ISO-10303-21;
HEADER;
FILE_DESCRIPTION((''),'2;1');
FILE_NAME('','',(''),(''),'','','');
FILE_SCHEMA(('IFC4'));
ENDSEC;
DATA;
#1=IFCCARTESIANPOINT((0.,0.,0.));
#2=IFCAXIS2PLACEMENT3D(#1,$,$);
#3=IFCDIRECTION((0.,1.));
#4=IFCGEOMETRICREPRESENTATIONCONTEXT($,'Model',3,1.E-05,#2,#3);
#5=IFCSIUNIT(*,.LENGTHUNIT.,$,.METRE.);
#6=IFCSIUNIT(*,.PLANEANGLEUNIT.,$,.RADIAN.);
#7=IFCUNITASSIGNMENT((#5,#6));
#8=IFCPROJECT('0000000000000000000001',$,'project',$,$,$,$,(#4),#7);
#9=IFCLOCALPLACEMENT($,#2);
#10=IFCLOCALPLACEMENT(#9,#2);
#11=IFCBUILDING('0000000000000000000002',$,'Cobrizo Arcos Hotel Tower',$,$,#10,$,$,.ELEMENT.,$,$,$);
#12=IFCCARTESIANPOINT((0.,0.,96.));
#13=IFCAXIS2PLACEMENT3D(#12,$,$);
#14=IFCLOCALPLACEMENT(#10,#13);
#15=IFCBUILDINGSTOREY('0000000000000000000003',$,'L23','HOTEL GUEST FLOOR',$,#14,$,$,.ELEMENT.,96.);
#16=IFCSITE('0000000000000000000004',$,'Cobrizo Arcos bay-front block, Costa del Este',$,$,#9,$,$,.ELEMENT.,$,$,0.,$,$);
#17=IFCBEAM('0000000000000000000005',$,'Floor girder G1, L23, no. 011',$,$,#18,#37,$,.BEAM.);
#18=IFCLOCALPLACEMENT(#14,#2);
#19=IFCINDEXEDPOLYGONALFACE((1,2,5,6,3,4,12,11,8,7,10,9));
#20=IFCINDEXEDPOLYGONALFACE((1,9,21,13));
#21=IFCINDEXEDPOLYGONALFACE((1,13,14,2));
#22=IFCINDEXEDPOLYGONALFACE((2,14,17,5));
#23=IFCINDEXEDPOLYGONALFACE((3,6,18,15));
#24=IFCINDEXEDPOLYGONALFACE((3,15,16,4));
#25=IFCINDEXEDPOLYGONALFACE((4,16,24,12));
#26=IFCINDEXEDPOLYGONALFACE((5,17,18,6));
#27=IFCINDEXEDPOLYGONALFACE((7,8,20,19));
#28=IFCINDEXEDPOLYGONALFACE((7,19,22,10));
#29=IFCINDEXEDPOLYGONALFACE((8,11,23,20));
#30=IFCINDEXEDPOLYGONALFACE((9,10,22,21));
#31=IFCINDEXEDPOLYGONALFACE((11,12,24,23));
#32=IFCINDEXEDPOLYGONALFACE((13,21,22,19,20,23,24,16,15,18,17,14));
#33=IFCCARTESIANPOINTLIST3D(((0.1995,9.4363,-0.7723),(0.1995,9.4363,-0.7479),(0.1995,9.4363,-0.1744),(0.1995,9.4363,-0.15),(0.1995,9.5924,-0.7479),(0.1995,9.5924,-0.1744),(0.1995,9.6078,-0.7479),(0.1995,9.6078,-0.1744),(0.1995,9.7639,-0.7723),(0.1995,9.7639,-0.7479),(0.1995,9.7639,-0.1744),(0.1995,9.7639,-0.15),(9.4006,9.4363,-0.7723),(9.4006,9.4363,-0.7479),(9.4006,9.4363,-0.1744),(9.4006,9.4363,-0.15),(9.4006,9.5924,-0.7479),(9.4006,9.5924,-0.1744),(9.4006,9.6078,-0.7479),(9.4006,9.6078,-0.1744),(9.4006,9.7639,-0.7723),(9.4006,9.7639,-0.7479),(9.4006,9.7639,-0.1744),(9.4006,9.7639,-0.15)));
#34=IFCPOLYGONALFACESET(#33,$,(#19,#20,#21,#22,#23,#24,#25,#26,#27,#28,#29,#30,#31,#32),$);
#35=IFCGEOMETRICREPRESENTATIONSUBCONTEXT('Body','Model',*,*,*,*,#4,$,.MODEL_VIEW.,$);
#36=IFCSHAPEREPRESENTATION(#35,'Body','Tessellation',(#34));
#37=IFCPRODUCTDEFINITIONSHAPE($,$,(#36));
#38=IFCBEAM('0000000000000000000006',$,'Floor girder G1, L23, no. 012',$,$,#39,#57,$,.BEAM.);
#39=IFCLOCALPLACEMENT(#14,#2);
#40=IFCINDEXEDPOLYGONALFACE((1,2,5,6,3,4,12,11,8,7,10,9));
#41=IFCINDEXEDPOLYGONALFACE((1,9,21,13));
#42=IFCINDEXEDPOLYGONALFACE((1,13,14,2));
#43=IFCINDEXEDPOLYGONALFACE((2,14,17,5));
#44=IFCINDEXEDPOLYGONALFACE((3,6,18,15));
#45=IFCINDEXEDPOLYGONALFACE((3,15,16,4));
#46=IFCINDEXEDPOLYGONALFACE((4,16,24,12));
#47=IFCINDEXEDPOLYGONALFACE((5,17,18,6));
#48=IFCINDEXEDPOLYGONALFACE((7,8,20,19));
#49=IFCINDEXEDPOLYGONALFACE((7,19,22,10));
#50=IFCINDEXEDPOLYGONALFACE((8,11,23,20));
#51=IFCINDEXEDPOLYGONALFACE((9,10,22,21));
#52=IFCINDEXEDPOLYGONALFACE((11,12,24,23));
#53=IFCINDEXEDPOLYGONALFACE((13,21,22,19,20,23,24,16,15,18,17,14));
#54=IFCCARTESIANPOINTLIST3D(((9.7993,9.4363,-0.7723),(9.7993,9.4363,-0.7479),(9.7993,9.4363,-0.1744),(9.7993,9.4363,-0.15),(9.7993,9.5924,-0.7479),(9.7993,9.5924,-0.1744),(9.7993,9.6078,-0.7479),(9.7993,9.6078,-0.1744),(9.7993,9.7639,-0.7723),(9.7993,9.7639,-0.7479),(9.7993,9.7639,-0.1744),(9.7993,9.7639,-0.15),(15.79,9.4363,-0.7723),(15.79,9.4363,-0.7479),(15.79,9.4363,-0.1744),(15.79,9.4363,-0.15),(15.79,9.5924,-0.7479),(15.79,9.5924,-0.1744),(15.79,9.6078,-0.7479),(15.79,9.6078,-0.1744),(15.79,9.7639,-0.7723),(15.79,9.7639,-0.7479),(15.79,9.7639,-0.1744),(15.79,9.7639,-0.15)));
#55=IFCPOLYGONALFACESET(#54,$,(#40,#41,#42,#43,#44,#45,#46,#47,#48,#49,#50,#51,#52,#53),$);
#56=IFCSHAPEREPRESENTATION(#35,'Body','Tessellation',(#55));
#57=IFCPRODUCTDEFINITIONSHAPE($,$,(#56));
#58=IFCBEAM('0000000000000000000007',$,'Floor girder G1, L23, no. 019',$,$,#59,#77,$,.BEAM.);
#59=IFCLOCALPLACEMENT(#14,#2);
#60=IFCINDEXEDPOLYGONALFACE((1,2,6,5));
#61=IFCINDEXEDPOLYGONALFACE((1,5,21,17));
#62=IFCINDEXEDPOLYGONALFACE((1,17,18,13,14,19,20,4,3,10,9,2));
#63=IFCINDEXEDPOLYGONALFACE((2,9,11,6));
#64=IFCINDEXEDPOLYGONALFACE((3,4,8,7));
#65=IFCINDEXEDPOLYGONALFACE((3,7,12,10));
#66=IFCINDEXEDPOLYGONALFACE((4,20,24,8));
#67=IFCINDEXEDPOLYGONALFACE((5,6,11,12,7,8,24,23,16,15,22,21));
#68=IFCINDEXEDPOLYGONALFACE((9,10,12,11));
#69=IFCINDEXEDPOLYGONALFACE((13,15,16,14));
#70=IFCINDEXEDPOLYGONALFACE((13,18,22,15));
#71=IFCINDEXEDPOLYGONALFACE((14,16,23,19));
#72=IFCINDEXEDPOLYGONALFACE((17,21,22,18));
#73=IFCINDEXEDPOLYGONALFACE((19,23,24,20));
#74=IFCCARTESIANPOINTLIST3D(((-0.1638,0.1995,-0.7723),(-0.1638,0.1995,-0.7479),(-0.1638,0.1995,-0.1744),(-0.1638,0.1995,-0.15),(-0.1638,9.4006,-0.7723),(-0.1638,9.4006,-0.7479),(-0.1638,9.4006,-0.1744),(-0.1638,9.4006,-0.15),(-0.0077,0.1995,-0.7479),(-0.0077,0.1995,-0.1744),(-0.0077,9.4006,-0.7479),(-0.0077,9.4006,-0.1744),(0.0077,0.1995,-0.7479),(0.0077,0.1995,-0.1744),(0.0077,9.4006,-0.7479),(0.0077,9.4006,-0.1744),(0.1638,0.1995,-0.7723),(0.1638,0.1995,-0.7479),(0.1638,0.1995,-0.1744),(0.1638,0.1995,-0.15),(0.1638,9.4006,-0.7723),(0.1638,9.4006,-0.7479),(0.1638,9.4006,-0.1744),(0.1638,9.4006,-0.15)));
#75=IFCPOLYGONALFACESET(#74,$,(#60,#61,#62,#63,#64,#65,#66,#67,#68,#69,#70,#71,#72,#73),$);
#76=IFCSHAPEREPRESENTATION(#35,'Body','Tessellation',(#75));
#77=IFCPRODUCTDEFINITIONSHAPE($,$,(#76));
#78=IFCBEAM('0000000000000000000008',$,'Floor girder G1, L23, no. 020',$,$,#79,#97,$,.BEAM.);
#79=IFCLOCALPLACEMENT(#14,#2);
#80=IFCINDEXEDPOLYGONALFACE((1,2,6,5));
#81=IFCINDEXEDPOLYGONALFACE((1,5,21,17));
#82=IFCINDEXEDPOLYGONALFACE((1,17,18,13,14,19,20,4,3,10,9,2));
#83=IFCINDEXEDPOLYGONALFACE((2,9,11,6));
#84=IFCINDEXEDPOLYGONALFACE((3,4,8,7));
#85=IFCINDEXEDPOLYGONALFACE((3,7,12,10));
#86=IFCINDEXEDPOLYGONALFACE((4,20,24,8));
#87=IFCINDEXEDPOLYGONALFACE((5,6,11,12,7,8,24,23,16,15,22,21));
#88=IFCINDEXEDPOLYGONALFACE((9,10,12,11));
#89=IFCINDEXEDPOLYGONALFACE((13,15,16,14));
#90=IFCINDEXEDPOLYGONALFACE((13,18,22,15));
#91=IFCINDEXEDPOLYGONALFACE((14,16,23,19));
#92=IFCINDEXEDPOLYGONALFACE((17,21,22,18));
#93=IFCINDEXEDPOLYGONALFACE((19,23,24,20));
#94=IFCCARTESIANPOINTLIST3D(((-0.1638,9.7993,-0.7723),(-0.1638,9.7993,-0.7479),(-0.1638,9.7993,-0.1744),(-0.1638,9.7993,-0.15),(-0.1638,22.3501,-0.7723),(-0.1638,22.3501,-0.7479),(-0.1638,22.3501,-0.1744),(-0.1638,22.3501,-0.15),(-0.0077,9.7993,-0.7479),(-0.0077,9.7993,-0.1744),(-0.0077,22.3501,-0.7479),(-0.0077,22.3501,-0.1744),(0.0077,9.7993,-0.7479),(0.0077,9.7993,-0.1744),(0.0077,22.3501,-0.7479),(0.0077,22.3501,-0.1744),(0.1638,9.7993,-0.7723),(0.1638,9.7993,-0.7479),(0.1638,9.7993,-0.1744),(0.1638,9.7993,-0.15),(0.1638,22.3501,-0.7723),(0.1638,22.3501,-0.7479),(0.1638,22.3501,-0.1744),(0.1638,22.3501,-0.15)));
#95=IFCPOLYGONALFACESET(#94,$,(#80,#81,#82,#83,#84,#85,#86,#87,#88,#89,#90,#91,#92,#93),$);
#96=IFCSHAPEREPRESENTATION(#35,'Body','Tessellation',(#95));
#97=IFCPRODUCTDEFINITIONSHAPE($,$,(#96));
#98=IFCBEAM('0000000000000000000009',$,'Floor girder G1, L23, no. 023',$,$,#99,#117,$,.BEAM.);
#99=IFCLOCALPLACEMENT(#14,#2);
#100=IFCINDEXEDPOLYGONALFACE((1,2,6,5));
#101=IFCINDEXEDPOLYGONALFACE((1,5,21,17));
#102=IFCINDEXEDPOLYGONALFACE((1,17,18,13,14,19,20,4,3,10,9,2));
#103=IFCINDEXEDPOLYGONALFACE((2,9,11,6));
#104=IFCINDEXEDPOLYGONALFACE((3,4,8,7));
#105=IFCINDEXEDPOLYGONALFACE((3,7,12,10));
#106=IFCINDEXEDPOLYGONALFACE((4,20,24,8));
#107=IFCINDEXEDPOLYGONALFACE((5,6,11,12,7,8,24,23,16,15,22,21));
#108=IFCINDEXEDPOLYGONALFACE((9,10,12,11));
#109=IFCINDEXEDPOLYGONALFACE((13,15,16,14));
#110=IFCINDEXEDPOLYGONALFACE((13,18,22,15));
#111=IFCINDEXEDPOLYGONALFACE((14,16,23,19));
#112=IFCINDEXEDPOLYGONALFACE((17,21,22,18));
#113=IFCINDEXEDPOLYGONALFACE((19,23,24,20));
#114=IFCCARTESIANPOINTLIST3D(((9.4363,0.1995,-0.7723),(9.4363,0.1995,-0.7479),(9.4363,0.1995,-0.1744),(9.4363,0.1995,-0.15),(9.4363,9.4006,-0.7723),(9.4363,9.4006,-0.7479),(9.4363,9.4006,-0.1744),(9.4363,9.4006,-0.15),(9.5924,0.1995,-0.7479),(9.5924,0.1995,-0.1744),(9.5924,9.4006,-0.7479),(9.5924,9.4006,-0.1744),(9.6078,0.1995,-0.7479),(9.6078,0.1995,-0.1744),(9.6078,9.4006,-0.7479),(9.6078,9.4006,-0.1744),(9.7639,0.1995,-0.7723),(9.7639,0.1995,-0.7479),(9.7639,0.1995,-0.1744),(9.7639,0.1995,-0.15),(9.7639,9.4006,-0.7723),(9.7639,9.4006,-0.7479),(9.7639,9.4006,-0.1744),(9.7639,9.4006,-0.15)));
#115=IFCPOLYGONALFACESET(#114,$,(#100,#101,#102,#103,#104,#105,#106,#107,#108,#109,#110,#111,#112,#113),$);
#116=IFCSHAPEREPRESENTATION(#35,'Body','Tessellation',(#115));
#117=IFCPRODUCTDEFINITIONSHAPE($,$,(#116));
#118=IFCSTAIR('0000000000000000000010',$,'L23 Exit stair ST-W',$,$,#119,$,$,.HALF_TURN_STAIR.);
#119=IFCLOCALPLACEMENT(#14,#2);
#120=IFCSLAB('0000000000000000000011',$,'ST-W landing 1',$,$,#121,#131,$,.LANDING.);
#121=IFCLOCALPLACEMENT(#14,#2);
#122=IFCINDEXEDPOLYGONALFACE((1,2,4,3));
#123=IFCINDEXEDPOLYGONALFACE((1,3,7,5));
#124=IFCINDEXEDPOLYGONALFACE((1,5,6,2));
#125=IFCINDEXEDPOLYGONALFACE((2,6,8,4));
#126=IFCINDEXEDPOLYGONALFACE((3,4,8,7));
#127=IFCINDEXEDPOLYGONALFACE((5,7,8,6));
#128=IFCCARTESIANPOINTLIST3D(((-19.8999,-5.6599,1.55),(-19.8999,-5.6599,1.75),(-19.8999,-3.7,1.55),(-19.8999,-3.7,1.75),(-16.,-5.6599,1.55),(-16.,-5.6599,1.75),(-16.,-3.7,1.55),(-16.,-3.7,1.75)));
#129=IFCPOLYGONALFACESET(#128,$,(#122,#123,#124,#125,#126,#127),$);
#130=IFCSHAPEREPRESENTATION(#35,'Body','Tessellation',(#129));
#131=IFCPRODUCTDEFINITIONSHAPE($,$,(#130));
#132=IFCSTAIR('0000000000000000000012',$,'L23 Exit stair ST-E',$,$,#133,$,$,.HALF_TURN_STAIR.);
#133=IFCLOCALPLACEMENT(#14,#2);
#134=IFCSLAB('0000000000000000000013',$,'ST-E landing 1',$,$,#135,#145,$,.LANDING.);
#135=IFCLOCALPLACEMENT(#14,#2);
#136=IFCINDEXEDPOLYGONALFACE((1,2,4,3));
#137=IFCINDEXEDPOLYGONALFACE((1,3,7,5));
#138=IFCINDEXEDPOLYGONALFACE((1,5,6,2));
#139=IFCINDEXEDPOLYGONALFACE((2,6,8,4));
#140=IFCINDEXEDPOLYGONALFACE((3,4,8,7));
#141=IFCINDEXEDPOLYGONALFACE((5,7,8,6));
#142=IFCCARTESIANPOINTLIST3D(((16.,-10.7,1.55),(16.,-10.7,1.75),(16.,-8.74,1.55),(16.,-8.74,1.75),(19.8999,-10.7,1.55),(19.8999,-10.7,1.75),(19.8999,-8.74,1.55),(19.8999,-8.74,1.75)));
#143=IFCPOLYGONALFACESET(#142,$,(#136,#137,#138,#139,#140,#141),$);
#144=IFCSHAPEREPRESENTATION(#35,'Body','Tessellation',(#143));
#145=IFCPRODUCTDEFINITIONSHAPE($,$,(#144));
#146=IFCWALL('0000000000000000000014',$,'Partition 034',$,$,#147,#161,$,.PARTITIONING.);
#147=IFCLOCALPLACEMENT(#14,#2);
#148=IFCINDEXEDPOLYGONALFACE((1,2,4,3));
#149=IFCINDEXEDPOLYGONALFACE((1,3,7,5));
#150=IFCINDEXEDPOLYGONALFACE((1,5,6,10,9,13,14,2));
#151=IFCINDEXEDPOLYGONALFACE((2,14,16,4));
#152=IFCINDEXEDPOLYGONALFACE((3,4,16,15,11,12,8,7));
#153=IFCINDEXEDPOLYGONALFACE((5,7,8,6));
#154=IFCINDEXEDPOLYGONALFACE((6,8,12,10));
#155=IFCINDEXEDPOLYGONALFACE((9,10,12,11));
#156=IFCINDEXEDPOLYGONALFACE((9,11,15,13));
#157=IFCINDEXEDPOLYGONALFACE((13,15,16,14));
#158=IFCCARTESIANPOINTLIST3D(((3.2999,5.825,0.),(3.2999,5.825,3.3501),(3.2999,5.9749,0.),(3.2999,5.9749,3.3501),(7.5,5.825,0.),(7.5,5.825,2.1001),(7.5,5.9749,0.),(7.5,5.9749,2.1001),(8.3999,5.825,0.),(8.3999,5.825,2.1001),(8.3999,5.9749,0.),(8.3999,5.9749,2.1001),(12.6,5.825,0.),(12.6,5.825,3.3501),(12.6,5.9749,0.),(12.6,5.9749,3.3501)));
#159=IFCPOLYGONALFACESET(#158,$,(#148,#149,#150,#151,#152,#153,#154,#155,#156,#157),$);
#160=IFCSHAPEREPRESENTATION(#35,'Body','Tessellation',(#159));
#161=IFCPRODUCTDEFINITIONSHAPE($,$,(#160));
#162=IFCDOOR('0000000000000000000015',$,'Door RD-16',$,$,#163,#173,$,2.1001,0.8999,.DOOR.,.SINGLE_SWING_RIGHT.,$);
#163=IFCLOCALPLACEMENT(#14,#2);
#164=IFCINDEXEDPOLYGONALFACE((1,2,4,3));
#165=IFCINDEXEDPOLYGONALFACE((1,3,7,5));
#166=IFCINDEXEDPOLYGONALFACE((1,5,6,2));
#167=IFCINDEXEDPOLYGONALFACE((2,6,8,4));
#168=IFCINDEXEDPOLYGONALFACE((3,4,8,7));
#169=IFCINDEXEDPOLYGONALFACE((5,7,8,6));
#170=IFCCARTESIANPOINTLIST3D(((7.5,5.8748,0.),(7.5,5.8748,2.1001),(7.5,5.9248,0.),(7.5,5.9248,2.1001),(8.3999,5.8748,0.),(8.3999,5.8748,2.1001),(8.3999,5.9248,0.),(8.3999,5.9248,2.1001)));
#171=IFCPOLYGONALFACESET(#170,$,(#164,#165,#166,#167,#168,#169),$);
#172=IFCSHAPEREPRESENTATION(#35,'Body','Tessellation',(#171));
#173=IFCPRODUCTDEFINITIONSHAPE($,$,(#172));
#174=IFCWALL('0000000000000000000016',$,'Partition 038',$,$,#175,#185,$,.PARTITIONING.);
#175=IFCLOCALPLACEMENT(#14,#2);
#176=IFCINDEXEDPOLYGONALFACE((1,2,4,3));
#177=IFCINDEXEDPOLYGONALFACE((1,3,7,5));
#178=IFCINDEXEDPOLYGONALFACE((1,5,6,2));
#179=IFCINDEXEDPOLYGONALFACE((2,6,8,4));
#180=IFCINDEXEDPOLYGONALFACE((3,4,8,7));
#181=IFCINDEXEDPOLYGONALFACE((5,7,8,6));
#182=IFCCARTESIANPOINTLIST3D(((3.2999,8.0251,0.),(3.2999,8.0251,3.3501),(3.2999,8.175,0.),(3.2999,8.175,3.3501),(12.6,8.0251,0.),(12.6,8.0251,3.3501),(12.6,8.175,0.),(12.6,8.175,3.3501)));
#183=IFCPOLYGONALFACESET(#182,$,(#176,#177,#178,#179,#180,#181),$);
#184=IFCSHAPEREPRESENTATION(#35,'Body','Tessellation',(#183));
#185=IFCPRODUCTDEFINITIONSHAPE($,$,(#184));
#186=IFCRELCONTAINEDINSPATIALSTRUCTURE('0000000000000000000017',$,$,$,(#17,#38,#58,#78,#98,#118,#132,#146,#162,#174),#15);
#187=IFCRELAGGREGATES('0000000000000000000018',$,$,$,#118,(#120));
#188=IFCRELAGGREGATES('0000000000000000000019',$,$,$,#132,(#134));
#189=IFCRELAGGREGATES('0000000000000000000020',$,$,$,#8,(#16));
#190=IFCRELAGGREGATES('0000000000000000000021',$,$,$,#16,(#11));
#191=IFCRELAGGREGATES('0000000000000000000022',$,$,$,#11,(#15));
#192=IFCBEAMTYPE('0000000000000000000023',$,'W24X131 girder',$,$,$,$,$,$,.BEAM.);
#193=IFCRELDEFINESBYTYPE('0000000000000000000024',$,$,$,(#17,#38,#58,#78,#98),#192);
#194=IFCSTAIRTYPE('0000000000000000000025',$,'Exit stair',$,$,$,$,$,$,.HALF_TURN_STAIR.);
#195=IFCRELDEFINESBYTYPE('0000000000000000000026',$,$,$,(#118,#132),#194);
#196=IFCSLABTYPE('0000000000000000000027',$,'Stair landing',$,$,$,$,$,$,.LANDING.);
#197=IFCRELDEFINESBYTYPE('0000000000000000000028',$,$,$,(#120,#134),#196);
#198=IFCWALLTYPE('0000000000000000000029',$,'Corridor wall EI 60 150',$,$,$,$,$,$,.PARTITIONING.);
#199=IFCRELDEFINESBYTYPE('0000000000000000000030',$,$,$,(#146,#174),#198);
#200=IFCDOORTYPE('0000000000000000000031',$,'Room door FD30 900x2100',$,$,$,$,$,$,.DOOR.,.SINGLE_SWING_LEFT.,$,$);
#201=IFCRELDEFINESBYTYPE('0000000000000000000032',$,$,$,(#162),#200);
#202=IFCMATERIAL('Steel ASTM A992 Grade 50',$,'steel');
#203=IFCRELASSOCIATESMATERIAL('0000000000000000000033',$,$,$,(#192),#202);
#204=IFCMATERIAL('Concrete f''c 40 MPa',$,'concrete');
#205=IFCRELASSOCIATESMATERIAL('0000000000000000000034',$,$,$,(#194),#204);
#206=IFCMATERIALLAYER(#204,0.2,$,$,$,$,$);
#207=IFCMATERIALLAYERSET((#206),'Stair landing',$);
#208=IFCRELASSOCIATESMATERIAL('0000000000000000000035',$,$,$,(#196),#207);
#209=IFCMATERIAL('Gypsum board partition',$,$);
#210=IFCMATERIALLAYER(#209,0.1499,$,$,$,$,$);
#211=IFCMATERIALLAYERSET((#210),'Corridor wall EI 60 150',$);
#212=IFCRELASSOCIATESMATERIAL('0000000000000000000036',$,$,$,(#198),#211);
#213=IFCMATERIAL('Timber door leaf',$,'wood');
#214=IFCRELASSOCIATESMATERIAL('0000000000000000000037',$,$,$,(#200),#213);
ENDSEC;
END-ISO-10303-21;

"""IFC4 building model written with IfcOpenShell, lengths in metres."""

from ifc_helpers import new_model, si_unit, direction, frame, frame_2d, origin, origin_2d, place, context, subcontext, project, spatial, polyline, rectangle, i_section, outline, extrude, material, layer, layer_set, material_profile, profile_set, type_object, element, fill, aggregate, save


model = new_model("IFC4")

# Units and contexts
model_context = context("Model", 3, precision=1e-05, world=origin(), true_north=direction((0.0, 1.0)))
body_context = subcontext(model_context, "Body", "Model", "MODEL_VIEW")
ifc_project = project(units=[si_unit("LENGTHUNIT", "METRE"), si_unit("PLANEANGLEUNIT", "RADIAN")], contexts=[model_context])

# Site, building, storey
site_placement = place(None, origin())
site = spatial("IfcSite", under=ifc_project, at=site_placement, Name="Cobrizo Arcos bay-front block, Costa del Este", CompositionType="ELEMENT", RefElevation=0.0)
building_placement = place(site_placement, origin())
building = spatial("IfcBuilding", under=site, at=building_placement, Name="Cobrizo Arcos Hotel Tower", CompositionType="ELEMENT")
storey_placement = place(building_placement, frame((0.0, 0.0, 96.0)))
storey = spatial("IfcBuildingStorey", under=building, at=storey_placement, Name="L23", Description="HOTEL GUEST FLOOR", CompositionType="ELEMENT", Elevation=96.0)

# Shared definitions
ifc_material_1 = material(Name="Steel ASTM A992 Grade 50", Category="steel")

# Beams
ifc_material_profile_1 = material_profile(ifc_material_1, i_section(OverallWidth=0.3276, OverallDepth=0.6223, WebThickness=0.0154, FlangeThickness=0.0244, at=origin_2d()), Name="W24X131")
ifc_profile_set_1 = profile_set([ifc_material_profile_1], Name="Steel ASTM A992 Grade 50")
beam_type_1 = type_object("IfcBeamType", Name="W24X131 girder", PredefinedType="BEAM", material=ifc_profile_set_1)
beam_1_placement = place(storey_placement, frame((0.1995, 9.6001, -0.4612), z_axis=(1.0, 0.0, 0.0), x_axis=(0.0, 1.0, 0.0)))
element("IfcBeam", 1, at=beam_1_placement, inside=storey, type_object=beam_type_1, Name="Floor girder G1, L23, no. 011", PredefinedType="BEAM", context=body_context, shape_type="SweptSolid", body=[
    extrude(i_section(OverallWidth=0.3276, OverallDepth=0.6223, WebThickness=0.0154, FlangeThickness=0.0244, at=origin_2d()), origin(), (0.0, 0.0, 1.0), 9.2012),
])
beam_2_placement = place(storey_placement, frame((9.7993, 9.6001, -0.4612), z_axis=(1.0, 0.0, 0.0), x_axis=(0.0, 1.0, 0.0)))
element("IfcBeam", 2, at=beam_2_placement, inside=storey, type_object=beam_type_1, Name="Floor girder G1, L23, no. 012", PredefinedType="BEAM", context=body_context, shape_type="SweptSolid", body=[
    extrude(i_section(OverallWidth=0.3276, OverallDepth=0.6223, WebThickness=0.0154, FlangeThickness=0.0244, at=origin_2d()), origin(), (0.0, 0.0, 1.0), 5.9907),
])
beam_3_placement = place(storey_placement, frame((0.0, 0.1995, -0.4612), z_axis=(0.0, 1.0, 0.0), x_axis=(-1.0, 0.0, 0.0)))
element("IfcBeam", 3, at=beam_3_placement, inside=storey, type_object=beam_type_1, Name="Floor girder G1, L23, no. 019", PredefinedType="BEAM", context=body_context, shape_type="SweptSolid", body=[
    extrude(i_section(OverallWidth=0.3276, OverallDepth=0.6223, WebThickness=0.0154, FlangeThickness=0.0244, at=origin_2d()), origin(), (0.0, 0.0, 1.0), 9.2012),
])
beam_4_placement = place(storey_placement, frame((0.0, 9.7993, -0.4612), z_axis=(0.0, 1.0, 0.0), x_axis=(-1.0, 0.0, 0.0)))
element("IfcBeam", 4, at=beam_4_placement, inside=storey, type_object=beam_type_1, Name="Floor girder G1, L23, no. 020", PredefinedType="BEAM", context=body_context, shape_type="SweptSolid", body=[
    extrude(i_section(OverallWidth=0.3276, OverallDepth=0.6223, WebThickness=0.0154, FlangeThickness=0.0244, at=origin_2d()), origin(), (0.0, 0.0, 1.0), 12.5508),
])
beam_5_placement = place(storey_placement, frame((9.6001, 0.1995, -0.4612), z_axis=(0.0, 1.0, 0.0), x_axis=(-1.0, 0.0, 0.0)))
element("IfcBeam", 5, at=beam_5_placement, inside=storey, type_object=beam_type_1, Name="Floor girder G1, L23, no. 023", PredefinedType="BEAM", context=body_context, shape_type="SweptSolid", body=[
    extrude(i_section(OverallWidth=0.3276, OverallDepth=0.6223, WebThickness=0.0154, FlangeThickness=0.0244, at=origin_2d()), origin(), (0.0, 0.0, 1.0), 9.2012),
])

# Stairs, slabs
ifc_material_2 = material(Name="Concrete f'c 40 MPa", Category="concrete")
stair_type = type_object("IfcStairType", Name="Exit stair", PredefinedType="HALF_TURN_STAIR", material=ifc_material_2)
stair_1_placement = place(storey_placement, origin())
stair_1 = element("IfcStair", 6, at=stair_1_placement, inside=storey, type_object=stair_type, Name="L23 Exit stair ST-W", PredefinedType="HALF_TURN_STAIR")
ifc_layer_1 = layer(ifc_material_2, 0.2)
ifc_layer_set_1 = layer_set([ifc_layer_1], Name="Stair landing")
slab_type = type_object("IfcSlabType", Name="Stair landing", PredefinedType="LANDING", material=ifc_layer_set_1)
slab_1_placement = place(storey_placement, frame((0.0, 0.0, 1.55)))
slab_1 = element("IfcSlab", 7, at=slab_1_placement, type_object=slab_type, Name="ST-W landing 1", PredefinedType="LANDING", context=body_context, shape_type="SweptSolid", body=[
    extrude(outline(polyline([(-16.0, -5.6599), (-16.0, -3.7), (-19.8999, -3.7), (-19.8999, -5.6599), (-16.0, -5.6599)])), origin(), (0.0, 0.0, 1.0), 0.2),
])
aggregate(stair_1, [slab_1])
stair_2_placement = place(storey_placement, origin())
stair_2 = element("IfcStair", 8, at=stair_2_placement, inside=storey, type_object=stair_type, Name="L23 Exit stair ST-E", PredefinedType="HALF_TURN_STAIR")
slab_2_placement = place(storey_placement, frame((0.0, 0.0, 1.55)))
slab_2 = element("IfcSlab", 9, at=slab_2_placement, type_object=slab_type, Name="ST-E landing 1", PredefinedType="LANDING", context=body_context, shape_type="SweptSolid", body=[
    extrude(outline(polyline([(16.0, -8.74), (16.0, -10.7), (19.8999, -10.7), (19.8999, -8.74), (16.0, -8.74)])), origin(), (0.0, 0.0, 1.0), 0.2),
])
aggregate(stair_2, [slab_2])

# Wall, opening, door
ifc_material_3 = material(Name="Gypsum board partition")
ifc_layer_2 = layer(ifc_material_3, 0.1499)
ifc_layer_set_2 = layer_set([ifc_layer_2], Name="Corridor wall EI 60 150")
wall_type_1 = type_object("IfcWallType", Name="Corridor wall EI 60 150", PredefinedType="PARTITIONING", material=ifc_layer_set_2)
wall_1_placement = place(storey_placement, frame((3.3, 5.8999, 0.0), z_axis=(0.0, 0.0, 1.0), x_axis=(1.0, 0.0, 0.0)))
wall_1 = element("IfcWall", 10, at=wall_1_placement, inside=storey, type_object=wall_type_1, Name="Partition 034", PredefinedType="PARTITIONING", context=body_context, shape_type="SweptSolid", body=[
    extrude(rectangle(XDim=9.3, YDim=0.1499, at=frame_2d((4.6499, 0.0))), origin(), (0.0, 0.0, 1.0), 3.3501),
])
opening_1_placement = place(wall_1_placement, frame((4.2, 0.0, 0.0)))
opening_1 = element("IfcOpeningElement", 11, at=opening_1_placement, cuts=wall_1, PredefinedType="OPENING", context=body_context, shape_type="SweptSolid", body=[
    extrude(rectangle(XDim=0.8999, YDim=2.1001, at=frame_2d((0.45, 1.05))), frame((0.0, 0.0869, 0.0), z_axis=(0.0, -1.0, 0.0), x_axis=(1.0, 0.0, 0.0)), (0.0, 0.0, 1.0), 0.1738),
])
ifc_material_4 = material(Name="Timber door leaf", Category="wood")
door_type_1 = type_object("IfcDoorType", Name="Room door FD30 900x2100", OperationType="SINGLE_SWING_LEFT", PredefinedType="DOOR", material=ifc_material_4)
door_1_placement = place(opening_1_placement, origin())
door_1 = element("IfcDoor", 12, at=door_1_placement, inside=storey, type_object=door_type_1, Name="Door RD-16", OperationType="SINGLE_SWING_RIGHT", OverallHeight=2.1001, OverallWidth=0.8999, PredefinedType="DOOR", context=body_context, shape_type="SweptSolid", body=[
    extrude(rectangle(XDim=0.8999, YDim=2.1001, at=frame_2d((0.45, 1.05))), frame((0.0, 0.0249, 0.0), z_axis=(0.0, -1.0, 0.0), x_axis=(1.0, 0.0, 0.0)), (0.0, 0.0, 1.0), 0.05),
])
fill(opening_1, door_1)

# Wall
wall_2_placement = place(storey_placement, frame((3.3, 8.1001, 0.0), z_axis=(0.0, 0.0, 1.0), x_axis=(1.0, 0.0, 0.0)))
element("IfcWall", 13, at=wall_2_placement, inside=storey, type_object=wall_type_1, Name="Partition 038", PredefinedType="PARTITIONING", context=body_context, shape_type="SweptSolid", body=[
    extrude(rectangle(XDim=9.3, YDim=0.1499, at=frame_2d((4.6499, 0.0))), origin(), (0.0, 0.0, 1.0), 3.3501),
])

save(model, "model.ifc")
